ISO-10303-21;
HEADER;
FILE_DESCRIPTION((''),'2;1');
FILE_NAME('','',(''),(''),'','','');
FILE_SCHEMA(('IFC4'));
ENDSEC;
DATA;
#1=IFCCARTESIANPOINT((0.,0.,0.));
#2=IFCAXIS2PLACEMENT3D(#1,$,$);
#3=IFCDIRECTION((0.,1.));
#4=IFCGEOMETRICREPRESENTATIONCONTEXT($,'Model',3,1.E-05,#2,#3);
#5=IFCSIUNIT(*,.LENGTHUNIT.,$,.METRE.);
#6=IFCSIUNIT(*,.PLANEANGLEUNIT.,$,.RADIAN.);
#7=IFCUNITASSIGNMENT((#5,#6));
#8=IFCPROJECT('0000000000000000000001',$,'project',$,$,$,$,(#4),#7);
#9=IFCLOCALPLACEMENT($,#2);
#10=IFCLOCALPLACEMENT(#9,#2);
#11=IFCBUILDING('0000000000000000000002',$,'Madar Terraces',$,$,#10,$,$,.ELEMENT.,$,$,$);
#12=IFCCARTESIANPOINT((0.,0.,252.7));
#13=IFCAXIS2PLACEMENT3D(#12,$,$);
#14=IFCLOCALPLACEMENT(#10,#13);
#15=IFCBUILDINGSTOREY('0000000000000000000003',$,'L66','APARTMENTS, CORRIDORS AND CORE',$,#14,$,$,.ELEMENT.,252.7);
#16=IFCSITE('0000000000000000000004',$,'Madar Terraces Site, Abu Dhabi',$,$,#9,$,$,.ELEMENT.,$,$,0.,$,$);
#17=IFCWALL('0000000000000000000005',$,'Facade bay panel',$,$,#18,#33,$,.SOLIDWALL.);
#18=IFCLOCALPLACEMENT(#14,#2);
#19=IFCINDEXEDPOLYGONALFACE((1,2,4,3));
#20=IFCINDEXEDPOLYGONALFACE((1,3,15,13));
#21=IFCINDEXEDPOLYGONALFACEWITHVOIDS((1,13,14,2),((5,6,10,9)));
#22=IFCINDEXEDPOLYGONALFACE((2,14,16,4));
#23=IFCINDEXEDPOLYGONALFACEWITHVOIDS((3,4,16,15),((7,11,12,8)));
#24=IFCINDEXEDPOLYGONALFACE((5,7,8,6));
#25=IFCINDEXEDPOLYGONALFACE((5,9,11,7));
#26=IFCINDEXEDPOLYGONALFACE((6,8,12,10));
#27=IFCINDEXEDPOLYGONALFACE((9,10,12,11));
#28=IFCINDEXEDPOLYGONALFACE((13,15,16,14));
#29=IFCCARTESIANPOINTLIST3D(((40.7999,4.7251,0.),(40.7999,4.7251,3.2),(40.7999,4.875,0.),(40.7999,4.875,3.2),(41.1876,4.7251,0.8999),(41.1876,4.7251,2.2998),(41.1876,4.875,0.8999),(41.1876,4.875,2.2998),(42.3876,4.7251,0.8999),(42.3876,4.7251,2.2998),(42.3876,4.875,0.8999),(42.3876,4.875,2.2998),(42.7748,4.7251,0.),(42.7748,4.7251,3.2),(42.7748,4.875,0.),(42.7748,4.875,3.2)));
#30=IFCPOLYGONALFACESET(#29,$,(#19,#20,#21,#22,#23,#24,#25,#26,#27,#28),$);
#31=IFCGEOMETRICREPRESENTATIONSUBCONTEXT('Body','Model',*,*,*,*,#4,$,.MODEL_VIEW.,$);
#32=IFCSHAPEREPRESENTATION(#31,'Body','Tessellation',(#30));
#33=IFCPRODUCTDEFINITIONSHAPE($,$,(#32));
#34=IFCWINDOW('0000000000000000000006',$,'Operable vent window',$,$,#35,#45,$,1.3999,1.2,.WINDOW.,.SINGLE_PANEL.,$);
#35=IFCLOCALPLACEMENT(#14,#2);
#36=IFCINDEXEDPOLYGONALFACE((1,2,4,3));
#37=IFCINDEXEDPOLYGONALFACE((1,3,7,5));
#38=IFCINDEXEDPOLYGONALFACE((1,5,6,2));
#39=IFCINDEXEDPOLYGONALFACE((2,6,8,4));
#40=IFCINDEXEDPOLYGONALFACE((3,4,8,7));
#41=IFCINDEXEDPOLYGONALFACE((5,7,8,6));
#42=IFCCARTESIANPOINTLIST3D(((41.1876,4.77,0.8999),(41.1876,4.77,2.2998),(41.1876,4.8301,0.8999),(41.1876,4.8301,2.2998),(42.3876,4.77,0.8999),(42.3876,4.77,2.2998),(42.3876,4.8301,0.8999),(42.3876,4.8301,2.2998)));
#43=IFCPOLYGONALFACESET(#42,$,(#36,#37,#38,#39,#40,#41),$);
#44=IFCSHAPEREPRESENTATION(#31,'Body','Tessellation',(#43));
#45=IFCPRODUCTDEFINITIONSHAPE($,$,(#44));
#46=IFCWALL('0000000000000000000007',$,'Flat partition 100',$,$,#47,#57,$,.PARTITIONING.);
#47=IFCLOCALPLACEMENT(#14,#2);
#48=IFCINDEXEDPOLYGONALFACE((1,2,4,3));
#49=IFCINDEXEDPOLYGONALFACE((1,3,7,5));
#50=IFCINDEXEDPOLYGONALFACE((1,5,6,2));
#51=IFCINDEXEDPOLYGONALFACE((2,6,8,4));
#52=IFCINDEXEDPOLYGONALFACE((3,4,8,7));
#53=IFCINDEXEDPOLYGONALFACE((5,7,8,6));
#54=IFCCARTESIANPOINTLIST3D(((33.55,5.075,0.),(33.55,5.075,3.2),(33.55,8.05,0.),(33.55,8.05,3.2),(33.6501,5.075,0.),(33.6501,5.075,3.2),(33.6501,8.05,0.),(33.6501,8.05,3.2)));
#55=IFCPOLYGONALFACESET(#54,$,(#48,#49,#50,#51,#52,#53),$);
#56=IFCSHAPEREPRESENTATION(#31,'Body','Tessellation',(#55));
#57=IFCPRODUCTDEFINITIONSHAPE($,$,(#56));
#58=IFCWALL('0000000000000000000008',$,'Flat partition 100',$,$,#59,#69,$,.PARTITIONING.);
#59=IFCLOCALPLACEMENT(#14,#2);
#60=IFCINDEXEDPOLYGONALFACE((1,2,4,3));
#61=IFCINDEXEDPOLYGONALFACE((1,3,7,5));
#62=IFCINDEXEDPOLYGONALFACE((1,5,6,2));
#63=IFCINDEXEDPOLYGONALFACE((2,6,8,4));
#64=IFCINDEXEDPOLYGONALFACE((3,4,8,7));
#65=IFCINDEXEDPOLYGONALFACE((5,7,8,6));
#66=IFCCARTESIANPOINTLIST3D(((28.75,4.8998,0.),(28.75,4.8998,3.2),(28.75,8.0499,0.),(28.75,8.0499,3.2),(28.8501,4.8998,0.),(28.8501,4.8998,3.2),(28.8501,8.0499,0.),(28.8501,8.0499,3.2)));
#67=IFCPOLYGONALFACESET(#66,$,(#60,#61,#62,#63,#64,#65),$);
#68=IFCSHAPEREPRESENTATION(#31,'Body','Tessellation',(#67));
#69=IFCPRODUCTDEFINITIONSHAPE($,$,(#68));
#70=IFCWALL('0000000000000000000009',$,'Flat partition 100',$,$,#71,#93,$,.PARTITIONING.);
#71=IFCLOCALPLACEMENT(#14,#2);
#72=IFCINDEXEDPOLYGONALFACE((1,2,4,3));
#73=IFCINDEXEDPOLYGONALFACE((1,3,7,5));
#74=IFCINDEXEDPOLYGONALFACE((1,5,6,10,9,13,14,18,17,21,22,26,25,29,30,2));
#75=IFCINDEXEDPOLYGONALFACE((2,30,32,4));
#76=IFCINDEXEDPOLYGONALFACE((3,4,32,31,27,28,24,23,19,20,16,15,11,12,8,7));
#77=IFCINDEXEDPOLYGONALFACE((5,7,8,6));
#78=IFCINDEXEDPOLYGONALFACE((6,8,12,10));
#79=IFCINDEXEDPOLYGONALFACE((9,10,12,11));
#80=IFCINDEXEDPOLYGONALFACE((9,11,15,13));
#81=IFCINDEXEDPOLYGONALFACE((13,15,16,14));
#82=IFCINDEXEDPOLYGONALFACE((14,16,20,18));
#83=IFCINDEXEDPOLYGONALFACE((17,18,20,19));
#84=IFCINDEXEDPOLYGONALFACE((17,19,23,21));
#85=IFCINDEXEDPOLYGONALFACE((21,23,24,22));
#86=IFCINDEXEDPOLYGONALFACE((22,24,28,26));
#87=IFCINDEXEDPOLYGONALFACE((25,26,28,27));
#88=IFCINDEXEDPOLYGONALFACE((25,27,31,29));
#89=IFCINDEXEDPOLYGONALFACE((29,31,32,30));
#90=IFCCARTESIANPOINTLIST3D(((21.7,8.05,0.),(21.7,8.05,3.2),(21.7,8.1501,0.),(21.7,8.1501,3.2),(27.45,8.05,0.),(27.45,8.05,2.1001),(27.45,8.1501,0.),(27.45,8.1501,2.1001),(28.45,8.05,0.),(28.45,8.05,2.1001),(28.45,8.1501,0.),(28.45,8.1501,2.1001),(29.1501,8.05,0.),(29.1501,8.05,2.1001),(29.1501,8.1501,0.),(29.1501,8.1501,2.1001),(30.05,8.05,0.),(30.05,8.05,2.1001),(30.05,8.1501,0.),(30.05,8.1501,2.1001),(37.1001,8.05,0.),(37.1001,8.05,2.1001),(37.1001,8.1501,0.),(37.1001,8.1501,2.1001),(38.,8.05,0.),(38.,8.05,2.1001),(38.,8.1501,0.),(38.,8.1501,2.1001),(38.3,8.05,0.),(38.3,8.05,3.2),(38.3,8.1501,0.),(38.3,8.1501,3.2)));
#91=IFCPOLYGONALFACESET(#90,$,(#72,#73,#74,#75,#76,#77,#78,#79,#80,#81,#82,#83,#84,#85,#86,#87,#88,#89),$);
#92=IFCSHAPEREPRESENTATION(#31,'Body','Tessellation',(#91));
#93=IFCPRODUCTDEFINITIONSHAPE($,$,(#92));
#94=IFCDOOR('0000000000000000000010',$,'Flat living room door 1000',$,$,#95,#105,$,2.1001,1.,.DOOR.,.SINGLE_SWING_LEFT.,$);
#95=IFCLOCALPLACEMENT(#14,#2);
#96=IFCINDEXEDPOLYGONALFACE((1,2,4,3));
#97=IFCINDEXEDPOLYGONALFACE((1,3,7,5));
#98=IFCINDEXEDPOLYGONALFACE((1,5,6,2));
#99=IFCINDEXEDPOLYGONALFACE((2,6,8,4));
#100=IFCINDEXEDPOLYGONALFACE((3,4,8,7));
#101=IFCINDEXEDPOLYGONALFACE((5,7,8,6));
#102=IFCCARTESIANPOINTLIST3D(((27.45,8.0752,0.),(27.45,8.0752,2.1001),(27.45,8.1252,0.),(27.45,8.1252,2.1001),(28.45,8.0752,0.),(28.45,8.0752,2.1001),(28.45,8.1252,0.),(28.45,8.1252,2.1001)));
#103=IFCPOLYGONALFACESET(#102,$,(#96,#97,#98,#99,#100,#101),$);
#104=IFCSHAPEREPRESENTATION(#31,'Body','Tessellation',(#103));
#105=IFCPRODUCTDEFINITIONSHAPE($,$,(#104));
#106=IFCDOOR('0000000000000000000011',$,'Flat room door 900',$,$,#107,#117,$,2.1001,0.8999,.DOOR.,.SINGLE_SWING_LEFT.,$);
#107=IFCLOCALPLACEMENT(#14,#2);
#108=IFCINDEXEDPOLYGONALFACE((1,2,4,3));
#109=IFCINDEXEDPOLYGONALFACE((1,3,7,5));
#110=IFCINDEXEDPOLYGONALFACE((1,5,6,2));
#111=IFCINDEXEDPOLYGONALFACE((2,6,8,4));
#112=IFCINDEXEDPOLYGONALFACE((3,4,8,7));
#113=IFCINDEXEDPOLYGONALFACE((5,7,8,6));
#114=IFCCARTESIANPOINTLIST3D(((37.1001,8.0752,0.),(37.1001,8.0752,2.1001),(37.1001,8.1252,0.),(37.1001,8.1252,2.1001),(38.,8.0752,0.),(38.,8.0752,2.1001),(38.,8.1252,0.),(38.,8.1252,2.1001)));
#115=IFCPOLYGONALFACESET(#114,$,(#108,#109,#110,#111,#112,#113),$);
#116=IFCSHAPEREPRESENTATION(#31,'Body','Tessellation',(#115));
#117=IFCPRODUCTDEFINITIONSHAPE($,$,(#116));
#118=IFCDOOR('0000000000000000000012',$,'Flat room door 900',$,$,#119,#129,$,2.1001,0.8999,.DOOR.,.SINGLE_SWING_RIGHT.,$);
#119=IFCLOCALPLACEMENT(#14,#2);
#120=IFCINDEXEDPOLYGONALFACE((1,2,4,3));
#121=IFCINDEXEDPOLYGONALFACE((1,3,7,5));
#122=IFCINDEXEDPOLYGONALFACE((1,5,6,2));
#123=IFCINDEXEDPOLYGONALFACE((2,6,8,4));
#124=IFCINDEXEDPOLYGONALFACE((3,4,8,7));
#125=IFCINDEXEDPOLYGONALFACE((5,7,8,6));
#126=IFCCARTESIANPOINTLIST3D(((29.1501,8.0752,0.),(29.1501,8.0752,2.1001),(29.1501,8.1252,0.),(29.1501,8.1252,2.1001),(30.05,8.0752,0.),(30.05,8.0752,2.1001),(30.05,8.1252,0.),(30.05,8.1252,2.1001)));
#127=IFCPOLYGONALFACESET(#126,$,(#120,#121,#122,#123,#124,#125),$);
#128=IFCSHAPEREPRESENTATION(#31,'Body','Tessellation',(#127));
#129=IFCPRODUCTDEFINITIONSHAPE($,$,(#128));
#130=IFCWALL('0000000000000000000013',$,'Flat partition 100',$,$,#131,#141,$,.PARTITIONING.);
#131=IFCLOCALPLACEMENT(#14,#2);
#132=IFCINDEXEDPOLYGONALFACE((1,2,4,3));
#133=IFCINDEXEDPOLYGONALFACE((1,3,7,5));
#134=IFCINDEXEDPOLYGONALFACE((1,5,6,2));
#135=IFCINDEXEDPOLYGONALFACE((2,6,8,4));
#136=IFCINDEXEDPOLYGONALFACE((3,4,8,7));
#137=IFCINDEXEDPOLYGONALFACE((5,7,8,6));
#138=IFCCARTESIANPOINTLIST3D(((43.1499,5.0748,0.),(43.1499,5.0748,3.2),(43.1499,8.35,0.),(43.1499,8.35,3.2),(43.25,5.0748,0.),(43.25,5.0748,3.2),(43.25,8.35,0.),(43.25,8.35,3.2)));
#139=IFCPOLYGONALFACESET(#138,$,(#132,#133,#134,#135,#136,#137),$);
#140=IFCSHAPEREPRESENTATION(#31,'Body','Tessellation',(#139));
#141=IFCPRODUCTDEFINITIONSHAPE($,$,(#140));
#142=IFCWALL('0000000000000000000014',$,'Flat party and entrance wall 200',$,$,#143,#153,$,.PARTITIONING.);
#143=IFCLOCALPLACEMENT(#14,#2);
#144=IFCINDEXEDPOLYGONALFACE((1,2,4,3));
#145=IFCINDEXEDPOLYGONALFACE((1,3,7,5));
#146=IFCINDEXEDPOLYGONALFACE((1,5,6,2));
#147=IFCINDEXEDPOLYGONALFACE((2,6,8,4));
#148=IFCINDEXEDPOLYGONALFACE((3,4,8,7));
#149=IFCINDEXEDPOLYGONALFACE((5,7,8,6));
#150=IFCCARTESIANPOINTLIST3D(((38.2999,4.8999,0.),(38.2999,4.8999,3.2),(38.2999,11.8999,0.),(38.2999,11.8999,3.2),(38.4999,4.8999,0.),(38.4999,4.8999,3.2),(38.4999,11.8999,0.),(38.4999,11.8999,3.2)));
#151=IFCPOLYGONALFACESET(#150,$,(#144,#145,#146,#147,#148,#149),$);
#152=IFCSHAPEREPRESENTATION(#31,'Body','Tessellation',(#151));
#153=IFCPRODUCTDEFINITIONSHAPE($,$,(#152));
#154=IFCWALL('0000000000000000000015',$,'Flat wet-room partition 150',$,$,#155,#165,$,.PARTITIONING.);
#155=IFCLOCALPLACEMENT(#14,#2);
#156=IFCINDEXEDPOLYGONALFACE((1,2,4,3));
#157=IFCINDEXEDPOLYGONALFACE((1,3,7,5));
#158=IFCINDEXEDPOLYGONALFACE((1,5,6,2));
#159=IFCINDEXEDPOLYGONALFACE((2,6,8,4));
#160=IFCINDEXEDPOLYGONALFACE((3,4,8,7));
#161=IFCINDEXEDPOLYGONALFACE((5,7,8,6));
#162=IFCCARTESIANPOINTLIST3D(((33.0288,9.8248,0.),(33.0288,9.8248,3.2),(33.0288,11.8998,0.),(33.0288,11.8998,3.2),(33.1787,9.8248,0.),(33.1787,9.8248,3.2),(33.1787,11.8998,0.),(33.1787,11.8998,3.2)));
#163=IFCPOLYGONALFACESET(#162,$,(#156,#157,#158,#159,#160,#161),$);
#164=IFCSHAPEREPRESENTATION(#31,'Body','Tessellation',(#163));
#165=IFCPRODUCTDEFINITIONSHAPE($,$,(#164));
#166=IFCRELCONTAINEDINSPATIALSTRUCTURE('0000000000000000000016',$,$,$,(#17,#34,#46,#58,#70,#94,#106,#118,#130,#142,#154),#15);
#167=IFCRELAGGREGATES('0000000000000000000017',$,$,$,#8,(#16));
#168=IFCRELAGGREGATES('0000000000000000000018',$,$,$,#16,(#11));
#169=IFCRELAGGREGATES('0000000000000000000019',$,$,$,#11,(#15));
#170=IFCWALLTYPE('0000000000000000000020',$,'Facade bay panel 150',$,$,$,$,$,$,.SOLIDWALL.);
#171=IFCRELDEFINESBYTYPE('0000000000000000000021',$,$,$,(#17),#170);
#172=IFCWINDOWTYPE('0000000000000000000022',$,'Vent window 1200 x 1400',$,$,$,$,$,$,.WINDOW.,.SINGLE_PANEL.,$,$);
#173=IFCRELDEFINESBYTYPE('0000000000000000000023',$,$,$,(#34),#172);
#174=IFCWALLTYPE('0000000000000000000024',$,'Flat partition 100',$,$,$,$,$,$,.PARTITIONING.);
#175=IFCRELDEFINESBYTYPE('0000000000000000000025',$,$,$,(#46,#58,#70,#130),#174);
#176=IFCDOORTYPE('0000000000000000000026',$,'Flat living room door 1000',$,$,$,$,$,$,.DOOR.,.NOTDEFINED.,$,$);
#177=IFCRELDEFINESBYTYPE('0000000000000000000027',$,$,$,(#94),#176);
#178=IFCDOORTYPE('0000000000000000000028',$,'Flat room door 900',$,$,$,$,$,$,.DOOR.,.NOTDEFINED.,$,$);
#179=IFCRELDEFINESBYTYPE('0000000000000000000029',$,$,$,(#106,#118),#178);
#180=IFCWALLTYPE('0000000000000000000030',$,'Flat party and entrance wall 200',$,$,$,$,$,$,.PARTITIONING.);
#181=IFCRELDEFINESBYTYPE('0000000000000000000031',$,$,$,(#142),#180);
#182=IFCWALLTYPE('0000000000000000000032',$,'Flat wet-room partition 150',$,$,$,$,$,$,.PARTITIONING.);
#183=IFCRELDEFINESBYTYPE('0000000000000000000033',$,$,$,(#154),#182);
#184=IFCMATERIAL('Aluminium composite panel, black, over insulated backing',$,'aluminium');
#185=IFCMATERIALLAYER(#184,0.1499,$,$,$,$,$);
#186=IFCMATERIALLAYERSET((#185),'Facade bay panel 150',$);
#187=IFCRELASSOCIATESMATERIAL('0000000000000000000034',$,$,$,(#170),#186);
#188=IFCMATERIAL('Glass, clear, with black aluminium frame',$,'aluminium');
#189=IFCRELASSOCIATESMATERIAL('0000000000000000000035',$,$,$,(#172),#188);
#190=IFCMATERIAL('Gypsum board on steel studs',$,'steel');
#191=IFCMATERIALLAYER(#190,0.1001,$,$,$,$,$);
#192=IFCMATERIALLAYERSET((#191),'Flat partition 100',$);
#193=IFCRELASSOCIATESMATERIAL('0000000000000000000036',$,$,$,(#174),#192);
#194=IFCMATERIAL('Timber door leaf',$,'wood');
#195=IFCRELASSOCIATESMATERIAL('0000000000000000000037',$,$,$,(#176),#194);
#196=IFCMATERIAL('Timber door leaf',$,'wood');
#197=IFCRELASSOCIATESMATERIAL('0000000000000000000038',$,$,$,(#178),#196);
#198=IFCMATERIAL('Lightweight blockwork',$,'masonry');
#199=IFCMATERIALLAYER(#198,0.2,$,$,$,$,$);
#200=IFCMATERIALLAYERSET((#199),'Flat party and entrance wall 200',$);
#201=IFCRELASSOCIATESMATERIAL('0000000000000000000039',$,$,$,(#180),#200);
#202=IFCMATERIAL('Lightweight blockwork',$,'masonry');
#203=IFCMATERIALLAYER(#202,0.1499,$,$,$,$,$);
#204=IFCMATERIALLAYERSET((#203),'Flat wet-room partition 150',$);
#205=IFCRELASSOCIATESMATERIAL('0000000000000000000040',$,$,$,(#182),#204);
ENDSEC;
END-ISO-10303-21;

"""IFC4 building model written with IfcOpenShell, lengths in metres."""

from ifc_helpers import new_model, si_unit, direction, frame, frame_2d, origin, place, context, subcontext, project, spatial, rectangle, extrude, material, layer, layer_set, type_object, element, fill, save


model = new_model("IFC4")

# Units and contexts
model_context = context("Model", 3, precision=1e-05, world=origin(), true_north=direction((0.0, 1.0)))
body_context = subcontext(model_context, "Body", "Model", "MODEL_VIEW")
ifc_project = project(units=[si_unit("LENGTHUNIT", "METRE"), si_unit("PLANEANGLEUNIT", "RADIAN")], contexts=[model_context])

# Site, building, storey
site_placement = place(None, origin())
site = spatial("IfcSite", under=ifc_project, at=site_placement, Name="Madar Terraces Site, Abu Dhabi", CompositionType="ELEMENT", RefElevation=0.0)
building_placement = place(site_placement, origin())
building = spatial("IfcBuilding", under=site, at=building_placement, Name="Madar Terraces", CompositionType="ELEMENT")
storey_placement = place(building_placement, frame((0.0, 0.0, 252.7)))
storey = spatial("IfcBuildingStorey", under=building, at=storey_placement, Name="L66", Description="APARTMENTS, CORRIDORS AND CORE", CompositionType="ELEMENT", Elevation=252.7)

# Wall, opening, window
ifc_material_1 = material(Name="Aluminium composite panel, black, over insulated backing", Category="aluminium")
ifc_layer_1 = layer(ifc_material_1, 0.1499)
ifc_layer_set_1 = layer_set([ifc_layer_1], Name="Facade bay panel 150")
wall_type_1 = type_object("IfcWallType", Name="Facade bay panel 150", PredefinedType="SOLIDWALL", material=ifc_layer_set_1)
ifc_material_2 = material(Name="Glass, clear, with black aluminium frame", Category="aluminium")
window_type = type_object("IfcWindowType", Name="Vent window 1200 x 1400", PartitioningType="SINGLE_PANEL", PredefinedType="WINDOW", material=ifc_material_2)
wall_1_placement = place(storey_placement, frame((40.8, 4.8, 0.0), z_axis=(0.0, 0.0, 1.0), x_axis=(1.0, 0.0, 0.0)))
wall_1 = element("IfcWall", 1, at=wall_1_placement, inside=storey, type_object=wall_type_1, Name="Facade bay panel", PredefinedType="SOLIDWALL", context=body_context, shape_type="SweptSolid", body=[
    extrude(rectangle(XDim=1.9749, YDim=0.1499, at=frame_2d((0.9873, 0.0))), origin(), (0.0, 0.0, 1.0), 3.2),
])
opening_1_placement = place(wall_1_placement, frame((0.3875, 0.0, 0.8999)))
opening_1 = element("IfcOpeningElement", 2, at=opening_1_placement, cuts=wall_1, PredefinedType="OPENING", context=body_context, shape_type="SweptSolid", body=[
    extrude(rectangle(XDim=1.2, YDim=1.3999, at=frame_2d((0.6001, 0.7))), frame((0.0, 0.085, 0.0), z_axis=(0.0, -1.0, 0.0), x_axis=(1.0, 0.0, 0.0)), (0.0, 0.0, 1.0), 0.1699),
])
window_1_placement = place(opening_1_placement, origin())
window_1 = element("IfcWindow", 3, at=window_1_placement, inside=storey, type_object=window_type, Name="Operable vent window", OverallHeight=1.3999, OverallWidth=1.2, PartitioningType="SINGLE_PANEL", PredefinedType="WINDOW", context=body_context, shape_type="SweptSolid", body=[
    extrude(rectangle(XDim=1.2, YDim=1.3999, at=frame_2d((0.6001, 0.7))), frame((0.0, 0.03, 0.0), z_axis=(0.0, -1.0, 0.0), x_axis=(1.0, 0.0, 0.0)), (0.0, 0.0, 1.0), 0.0601),
])
fill(opening_1, window_1)

# Walls
ifc_material_3 = material(Name="Gypsum board on steel studs", Category="steel")
ifc_layer_2 = layer(ifc_material_3, 0.1001)
ifc_layer_set_2 = layer_set([ifc_layer_2], Name="Flat partition 100")
wall_type_2 = type_object("IfcWallType", Name="Flat partition 100", PredefinedType="PARTITIONING", material=ifc_layer_set_2)
wall_2_placement = place(storey_placement, frame((33.6001, 8.05, 0.0), z_axis=(0.0, 0.0, 1.0), x_axis=(0.0, -1.0, 0.0)))
element("IfcWall", 4, at=wall_2_placement, inside=storey, type_object=wall_type_2, Name="Flat partition 100", PredefinedType="PARTITIONING", context=body_context, shape_type="SweptSolid", body=[
    extrude(rectangle(XDim=2.9751, YDim=0.1001, at=frame_2d((1.4875, 0.0))), origin(), (0.0, 0.0, 1.0), 3.2),
])
wall_3_placement = place(storey_placement, frame((28.8, 8.05, 0.0), z_axis=(0.0, 0.0, 1.0), x_axis=(0.0, -1.0, 0.0)))
element("IfcWall", 5, at=wall_3_placement, inside=storey, type_object=wall_type_2, Name="Flat partition 100", PredefinedType="PARTITIONING", context=body_context, shape_type="SweptSolid", body=[
    extrude(rectangle(XDim=3.1501, YDim=0.1001, at=frame_2d((1.5752, 0.0))), origin(), (0.0, 0.0, 1.0), 3.2),
])

# Wall, openings, doors
wall_4_placement = place(storey_placement, frame((38.3, 8.1001, 0.0), z_axis=(0.0, 0.0, 1.0), x_axis=(-1.0, 0.0, 0.0)))
wall_4 = element("IfcWall", 6, at=wall_4_placement, inside=storey, type_object=wall_type_2, Name="Flat partition 100", PredefinedType="PARTITIONING", context=body_context, shape_type="SweptSolid", body=[
    extrude(rectangle(XDim=16.6001, YDim=0.1001, at=frame_2d((8.3, 0.0))), origin(), (0.0, 0.0, 1.0), 3.2),
])
opening_2_placement = place(wall_4_placement, frame((0.3, 0.0, 0.0)))
opening_2 = element("IfcOpeningElement", 7, at=opening_2_placement, cuts=wall_4, PredefinedType="OPENING", context=body_context, shape_type="SweptSolid", body=[
    extrude(rectangle(XDim=0.8999, YDim=2.1001, at=frame_2d((0.45, 1.05))), frame((0.0, 0.0601, 0.0), z_axis=(0.0, -1.0, 0.0), x_axis=(1.0, 0.0, 0.0)), (0.0, 0.0, 1.0), 0.1201),
])
opening_3_placement = place(wall_4_placement, frame((8.25, 0.0, 0.0)))
opening_3 = element("IfcOpeningElement", 8, at=opening_3_placement, cuts=wall_4, PredefinedType="OPENING", context=body_context, shape_type="SweptSolid", body=[
    extrude(rectangle(XDim=0.8999, YDim=2.1001, at=frame_2d((0.45, 1.05))), frame((0.0, 0.0601, 0.0), z_axis=(0.0, -1.0, 0.0), x_axis=(1.0, 0.0, 0.0)), (0.0, 0.0, 1.0), 0.1201),
])
opening_4_placement = place(wall_4_placement, frame((9.8501, 0.0, 0.0)))
opening_4 = element("IfcOpeningElement", 9, at=opening_4_placement, cuts=wall_4, PredefinedType="OPENING", context=body_context, shape_type="SweptSolid", body=[
    extrude(rectangle(XDim=1.0, YDim=2.1001, at=frame_2d((0.5, 1.05))), frame((0.0, 0.0601, 0.0), z_axis=(0.0, -1.0, 0.0), x_axis=(1.0, 0.0, 0.0)), (0.0, 0.0, 1.0), 0.1201),
])
ifc_material_4 = material(Name="Timber door leaf", Category="wood")
door_type_1 = type_object("IfcDoorType", Name="Flat living room door 1000", OperationType="NOTDEFINED", PredefinedType="DOOR", material=ifc_material_4)
door_1_placement = place(opening_4_placement, origin())
door_1 = element("IfcDoor", 10, at=door_1_placement, inside=storey, type_object=door_type_1, Name="Flat living room door 1000", OperationType="SINGLE_SWING_LEFT", OverallHeight=2.1001, OverallWidth=1.0, PredefinedType="DOOR", context=body_context, shape_type="SweptSolid", body=[
    extrude(rectangle(XDim=1.0, YDim=2.1001, at=frame_2d((0.5, 1.05))), frame((0.0, 0.0249, 0.0), z_axis=(0.0, -1.0, 0.0), x_axis=(1.0, 0.0, 0.0)), (0.0, 0.0, 1.0), 0.05),
])
fill(opening_4, door_1)
ifc_material_5 = material(Name="Timber door leaf", Category="wood")
door_type_2 = type_object("IfcDoorType", Name="Flat room door 900", OperationType="NOTDEFINED", PredefinedType="DOOR", material=ifc_material_5)
door_2_placement = place(opening_2_placement, origin())
door_2 = element("IfcDoor", 11, at=door_2_placement, inside=storey, type_object=door_type_2, Name="Flat room door 900", OperationType="SINGLE_SWING_LEFT", OverallHeight=2.1001, OverallWidth=0.8999, PredefinedType="DOOR", context=body_context, shape_type="SweptSolid", body=[
    extrude(rectangle(XDim=0.8999, YDim=2.1001, at=frame_2d((0.45, 1.05))), frame((0.0, 0.0249, 0.0), z_axis=(0.0, -1.0, 0.0), x_axis=(1.0, 0.0, 0.0)), (0.0, 0.0, 1.0), 0.05),
])
fill(opening_2, door_2)
door_3_placement = place(opening_3_placement, origin())
door_3 = element("IfcDoor", 12, at=door_3_placement, inside=storey, type_object=door_type_2, Name="Flat room door 900", OperationType="SINGLE_SWING_RIGHT", OverallHeight=2.1001, OverallWidth=0.8999, PredefinedType="DOOR", context=body_context, shape_type="SweptSolid", body=[
    extrude(rectangle(XDim=0.8999, YDim=2.1001, at=frame_2d((0.45, 1.05))), frame((0.0, 0.0249, 0.0), z_axis=(0.0, -1.0, 0.0), x_axis=(1.0, 0.0, 0.0)), (0.0, 0.0, 1.0), 0.05),
])
fill(opening_3, door_3)

# Walls
wall_5_placement = place(storey_placement, frame((43.2, 8.3501, 0.0), z_axis=(0.0, 0.0, 1.0), x_axis=(0.0, -1.0, 0.0)))
element("IfcWall", 13, at=wall_5_placement, inside=storey, type_object=wall_type_2, Name="Flat partition 100", PredefinedType="PARTITIONING", context=body_context, shape_type="SweptSolid", body=[
    extrude(rectangle(XDim=3.2751, YDim=0.1001, at=frame_2d((1.6377, 0.0))), origin(), (0.0, 0.0, 1.0), 3.2),
])
ifc_material_6 = material(Name="Lightweight blockwork", Category="masonry")
ifc_layer_3 = layer(ifc_material_6, 0.2)
ifc_layer_set_3 = layer_set([ifc_layer_3], Name="Flat party and entrance wall 200")
wall_type_3 = type_object("IfcWallType", Name="Flat party and entrance wall 200", PredefinedType="PARTITIONING", material=ifc_layer_set_3)
wall_6_placement = place(storey_placement, frame((38.3999, 11.8999, 0.0), z_axis=(0.0, 0.0, 1.0), x_axis=(0.0, -1.0, 0.0)))
element("IfcWall", 14, at=wall_6_placement, inside=storey, type_object=wall_type_3, Name="Flat party and entrance wall 200", PredefinedType="PARTITIONING", context=body_context, shape_type="SweptSolid", body=[
    extrude(rectangle(XDim=7.0, YDim=0.2, at=frame_2d((3.5, 0.0))), origin(), (0.0, 0.0, 1.0), 3.2),
])
ifc_material_7 = material(Name="Lightweight blockwork", Category="masonry")
ifc_layer_4 = layer(ifc_material_7, 0.1499)
ifc_layer_set_4 = layer_set([ifc_layer_4], Name="Flat wet-room partition 150")
wall_type_4 = type_object("IfcWallType", Name="Flat wet-room partition 150", PredefinedType="PARTITIONING", material=ifc_layer_set_4)
wall_7_placement = place(storey_placement, frame((33.1038, 11.8999, 0.0), z_axis=(0.0, 0.0, 1.0), x_axis=(0.0, -1.0, 0.0)))
element("IfcWall", 15, at=wall_7_placement, inside=storey, type_object=wall_type_4, Name="Flat wet-room partition 150", PredefinedType="PARTITIONING", context=body_context, shape_type="SweptSolid", body=[
    extrude(rectangle(XDim=2.075, YDim=0.1499, at=frame_2d((1.0376, 0.0))), origin(), (0.0, 0.0, 1.0), 3.2),
])

save(model, "model.ifc")
